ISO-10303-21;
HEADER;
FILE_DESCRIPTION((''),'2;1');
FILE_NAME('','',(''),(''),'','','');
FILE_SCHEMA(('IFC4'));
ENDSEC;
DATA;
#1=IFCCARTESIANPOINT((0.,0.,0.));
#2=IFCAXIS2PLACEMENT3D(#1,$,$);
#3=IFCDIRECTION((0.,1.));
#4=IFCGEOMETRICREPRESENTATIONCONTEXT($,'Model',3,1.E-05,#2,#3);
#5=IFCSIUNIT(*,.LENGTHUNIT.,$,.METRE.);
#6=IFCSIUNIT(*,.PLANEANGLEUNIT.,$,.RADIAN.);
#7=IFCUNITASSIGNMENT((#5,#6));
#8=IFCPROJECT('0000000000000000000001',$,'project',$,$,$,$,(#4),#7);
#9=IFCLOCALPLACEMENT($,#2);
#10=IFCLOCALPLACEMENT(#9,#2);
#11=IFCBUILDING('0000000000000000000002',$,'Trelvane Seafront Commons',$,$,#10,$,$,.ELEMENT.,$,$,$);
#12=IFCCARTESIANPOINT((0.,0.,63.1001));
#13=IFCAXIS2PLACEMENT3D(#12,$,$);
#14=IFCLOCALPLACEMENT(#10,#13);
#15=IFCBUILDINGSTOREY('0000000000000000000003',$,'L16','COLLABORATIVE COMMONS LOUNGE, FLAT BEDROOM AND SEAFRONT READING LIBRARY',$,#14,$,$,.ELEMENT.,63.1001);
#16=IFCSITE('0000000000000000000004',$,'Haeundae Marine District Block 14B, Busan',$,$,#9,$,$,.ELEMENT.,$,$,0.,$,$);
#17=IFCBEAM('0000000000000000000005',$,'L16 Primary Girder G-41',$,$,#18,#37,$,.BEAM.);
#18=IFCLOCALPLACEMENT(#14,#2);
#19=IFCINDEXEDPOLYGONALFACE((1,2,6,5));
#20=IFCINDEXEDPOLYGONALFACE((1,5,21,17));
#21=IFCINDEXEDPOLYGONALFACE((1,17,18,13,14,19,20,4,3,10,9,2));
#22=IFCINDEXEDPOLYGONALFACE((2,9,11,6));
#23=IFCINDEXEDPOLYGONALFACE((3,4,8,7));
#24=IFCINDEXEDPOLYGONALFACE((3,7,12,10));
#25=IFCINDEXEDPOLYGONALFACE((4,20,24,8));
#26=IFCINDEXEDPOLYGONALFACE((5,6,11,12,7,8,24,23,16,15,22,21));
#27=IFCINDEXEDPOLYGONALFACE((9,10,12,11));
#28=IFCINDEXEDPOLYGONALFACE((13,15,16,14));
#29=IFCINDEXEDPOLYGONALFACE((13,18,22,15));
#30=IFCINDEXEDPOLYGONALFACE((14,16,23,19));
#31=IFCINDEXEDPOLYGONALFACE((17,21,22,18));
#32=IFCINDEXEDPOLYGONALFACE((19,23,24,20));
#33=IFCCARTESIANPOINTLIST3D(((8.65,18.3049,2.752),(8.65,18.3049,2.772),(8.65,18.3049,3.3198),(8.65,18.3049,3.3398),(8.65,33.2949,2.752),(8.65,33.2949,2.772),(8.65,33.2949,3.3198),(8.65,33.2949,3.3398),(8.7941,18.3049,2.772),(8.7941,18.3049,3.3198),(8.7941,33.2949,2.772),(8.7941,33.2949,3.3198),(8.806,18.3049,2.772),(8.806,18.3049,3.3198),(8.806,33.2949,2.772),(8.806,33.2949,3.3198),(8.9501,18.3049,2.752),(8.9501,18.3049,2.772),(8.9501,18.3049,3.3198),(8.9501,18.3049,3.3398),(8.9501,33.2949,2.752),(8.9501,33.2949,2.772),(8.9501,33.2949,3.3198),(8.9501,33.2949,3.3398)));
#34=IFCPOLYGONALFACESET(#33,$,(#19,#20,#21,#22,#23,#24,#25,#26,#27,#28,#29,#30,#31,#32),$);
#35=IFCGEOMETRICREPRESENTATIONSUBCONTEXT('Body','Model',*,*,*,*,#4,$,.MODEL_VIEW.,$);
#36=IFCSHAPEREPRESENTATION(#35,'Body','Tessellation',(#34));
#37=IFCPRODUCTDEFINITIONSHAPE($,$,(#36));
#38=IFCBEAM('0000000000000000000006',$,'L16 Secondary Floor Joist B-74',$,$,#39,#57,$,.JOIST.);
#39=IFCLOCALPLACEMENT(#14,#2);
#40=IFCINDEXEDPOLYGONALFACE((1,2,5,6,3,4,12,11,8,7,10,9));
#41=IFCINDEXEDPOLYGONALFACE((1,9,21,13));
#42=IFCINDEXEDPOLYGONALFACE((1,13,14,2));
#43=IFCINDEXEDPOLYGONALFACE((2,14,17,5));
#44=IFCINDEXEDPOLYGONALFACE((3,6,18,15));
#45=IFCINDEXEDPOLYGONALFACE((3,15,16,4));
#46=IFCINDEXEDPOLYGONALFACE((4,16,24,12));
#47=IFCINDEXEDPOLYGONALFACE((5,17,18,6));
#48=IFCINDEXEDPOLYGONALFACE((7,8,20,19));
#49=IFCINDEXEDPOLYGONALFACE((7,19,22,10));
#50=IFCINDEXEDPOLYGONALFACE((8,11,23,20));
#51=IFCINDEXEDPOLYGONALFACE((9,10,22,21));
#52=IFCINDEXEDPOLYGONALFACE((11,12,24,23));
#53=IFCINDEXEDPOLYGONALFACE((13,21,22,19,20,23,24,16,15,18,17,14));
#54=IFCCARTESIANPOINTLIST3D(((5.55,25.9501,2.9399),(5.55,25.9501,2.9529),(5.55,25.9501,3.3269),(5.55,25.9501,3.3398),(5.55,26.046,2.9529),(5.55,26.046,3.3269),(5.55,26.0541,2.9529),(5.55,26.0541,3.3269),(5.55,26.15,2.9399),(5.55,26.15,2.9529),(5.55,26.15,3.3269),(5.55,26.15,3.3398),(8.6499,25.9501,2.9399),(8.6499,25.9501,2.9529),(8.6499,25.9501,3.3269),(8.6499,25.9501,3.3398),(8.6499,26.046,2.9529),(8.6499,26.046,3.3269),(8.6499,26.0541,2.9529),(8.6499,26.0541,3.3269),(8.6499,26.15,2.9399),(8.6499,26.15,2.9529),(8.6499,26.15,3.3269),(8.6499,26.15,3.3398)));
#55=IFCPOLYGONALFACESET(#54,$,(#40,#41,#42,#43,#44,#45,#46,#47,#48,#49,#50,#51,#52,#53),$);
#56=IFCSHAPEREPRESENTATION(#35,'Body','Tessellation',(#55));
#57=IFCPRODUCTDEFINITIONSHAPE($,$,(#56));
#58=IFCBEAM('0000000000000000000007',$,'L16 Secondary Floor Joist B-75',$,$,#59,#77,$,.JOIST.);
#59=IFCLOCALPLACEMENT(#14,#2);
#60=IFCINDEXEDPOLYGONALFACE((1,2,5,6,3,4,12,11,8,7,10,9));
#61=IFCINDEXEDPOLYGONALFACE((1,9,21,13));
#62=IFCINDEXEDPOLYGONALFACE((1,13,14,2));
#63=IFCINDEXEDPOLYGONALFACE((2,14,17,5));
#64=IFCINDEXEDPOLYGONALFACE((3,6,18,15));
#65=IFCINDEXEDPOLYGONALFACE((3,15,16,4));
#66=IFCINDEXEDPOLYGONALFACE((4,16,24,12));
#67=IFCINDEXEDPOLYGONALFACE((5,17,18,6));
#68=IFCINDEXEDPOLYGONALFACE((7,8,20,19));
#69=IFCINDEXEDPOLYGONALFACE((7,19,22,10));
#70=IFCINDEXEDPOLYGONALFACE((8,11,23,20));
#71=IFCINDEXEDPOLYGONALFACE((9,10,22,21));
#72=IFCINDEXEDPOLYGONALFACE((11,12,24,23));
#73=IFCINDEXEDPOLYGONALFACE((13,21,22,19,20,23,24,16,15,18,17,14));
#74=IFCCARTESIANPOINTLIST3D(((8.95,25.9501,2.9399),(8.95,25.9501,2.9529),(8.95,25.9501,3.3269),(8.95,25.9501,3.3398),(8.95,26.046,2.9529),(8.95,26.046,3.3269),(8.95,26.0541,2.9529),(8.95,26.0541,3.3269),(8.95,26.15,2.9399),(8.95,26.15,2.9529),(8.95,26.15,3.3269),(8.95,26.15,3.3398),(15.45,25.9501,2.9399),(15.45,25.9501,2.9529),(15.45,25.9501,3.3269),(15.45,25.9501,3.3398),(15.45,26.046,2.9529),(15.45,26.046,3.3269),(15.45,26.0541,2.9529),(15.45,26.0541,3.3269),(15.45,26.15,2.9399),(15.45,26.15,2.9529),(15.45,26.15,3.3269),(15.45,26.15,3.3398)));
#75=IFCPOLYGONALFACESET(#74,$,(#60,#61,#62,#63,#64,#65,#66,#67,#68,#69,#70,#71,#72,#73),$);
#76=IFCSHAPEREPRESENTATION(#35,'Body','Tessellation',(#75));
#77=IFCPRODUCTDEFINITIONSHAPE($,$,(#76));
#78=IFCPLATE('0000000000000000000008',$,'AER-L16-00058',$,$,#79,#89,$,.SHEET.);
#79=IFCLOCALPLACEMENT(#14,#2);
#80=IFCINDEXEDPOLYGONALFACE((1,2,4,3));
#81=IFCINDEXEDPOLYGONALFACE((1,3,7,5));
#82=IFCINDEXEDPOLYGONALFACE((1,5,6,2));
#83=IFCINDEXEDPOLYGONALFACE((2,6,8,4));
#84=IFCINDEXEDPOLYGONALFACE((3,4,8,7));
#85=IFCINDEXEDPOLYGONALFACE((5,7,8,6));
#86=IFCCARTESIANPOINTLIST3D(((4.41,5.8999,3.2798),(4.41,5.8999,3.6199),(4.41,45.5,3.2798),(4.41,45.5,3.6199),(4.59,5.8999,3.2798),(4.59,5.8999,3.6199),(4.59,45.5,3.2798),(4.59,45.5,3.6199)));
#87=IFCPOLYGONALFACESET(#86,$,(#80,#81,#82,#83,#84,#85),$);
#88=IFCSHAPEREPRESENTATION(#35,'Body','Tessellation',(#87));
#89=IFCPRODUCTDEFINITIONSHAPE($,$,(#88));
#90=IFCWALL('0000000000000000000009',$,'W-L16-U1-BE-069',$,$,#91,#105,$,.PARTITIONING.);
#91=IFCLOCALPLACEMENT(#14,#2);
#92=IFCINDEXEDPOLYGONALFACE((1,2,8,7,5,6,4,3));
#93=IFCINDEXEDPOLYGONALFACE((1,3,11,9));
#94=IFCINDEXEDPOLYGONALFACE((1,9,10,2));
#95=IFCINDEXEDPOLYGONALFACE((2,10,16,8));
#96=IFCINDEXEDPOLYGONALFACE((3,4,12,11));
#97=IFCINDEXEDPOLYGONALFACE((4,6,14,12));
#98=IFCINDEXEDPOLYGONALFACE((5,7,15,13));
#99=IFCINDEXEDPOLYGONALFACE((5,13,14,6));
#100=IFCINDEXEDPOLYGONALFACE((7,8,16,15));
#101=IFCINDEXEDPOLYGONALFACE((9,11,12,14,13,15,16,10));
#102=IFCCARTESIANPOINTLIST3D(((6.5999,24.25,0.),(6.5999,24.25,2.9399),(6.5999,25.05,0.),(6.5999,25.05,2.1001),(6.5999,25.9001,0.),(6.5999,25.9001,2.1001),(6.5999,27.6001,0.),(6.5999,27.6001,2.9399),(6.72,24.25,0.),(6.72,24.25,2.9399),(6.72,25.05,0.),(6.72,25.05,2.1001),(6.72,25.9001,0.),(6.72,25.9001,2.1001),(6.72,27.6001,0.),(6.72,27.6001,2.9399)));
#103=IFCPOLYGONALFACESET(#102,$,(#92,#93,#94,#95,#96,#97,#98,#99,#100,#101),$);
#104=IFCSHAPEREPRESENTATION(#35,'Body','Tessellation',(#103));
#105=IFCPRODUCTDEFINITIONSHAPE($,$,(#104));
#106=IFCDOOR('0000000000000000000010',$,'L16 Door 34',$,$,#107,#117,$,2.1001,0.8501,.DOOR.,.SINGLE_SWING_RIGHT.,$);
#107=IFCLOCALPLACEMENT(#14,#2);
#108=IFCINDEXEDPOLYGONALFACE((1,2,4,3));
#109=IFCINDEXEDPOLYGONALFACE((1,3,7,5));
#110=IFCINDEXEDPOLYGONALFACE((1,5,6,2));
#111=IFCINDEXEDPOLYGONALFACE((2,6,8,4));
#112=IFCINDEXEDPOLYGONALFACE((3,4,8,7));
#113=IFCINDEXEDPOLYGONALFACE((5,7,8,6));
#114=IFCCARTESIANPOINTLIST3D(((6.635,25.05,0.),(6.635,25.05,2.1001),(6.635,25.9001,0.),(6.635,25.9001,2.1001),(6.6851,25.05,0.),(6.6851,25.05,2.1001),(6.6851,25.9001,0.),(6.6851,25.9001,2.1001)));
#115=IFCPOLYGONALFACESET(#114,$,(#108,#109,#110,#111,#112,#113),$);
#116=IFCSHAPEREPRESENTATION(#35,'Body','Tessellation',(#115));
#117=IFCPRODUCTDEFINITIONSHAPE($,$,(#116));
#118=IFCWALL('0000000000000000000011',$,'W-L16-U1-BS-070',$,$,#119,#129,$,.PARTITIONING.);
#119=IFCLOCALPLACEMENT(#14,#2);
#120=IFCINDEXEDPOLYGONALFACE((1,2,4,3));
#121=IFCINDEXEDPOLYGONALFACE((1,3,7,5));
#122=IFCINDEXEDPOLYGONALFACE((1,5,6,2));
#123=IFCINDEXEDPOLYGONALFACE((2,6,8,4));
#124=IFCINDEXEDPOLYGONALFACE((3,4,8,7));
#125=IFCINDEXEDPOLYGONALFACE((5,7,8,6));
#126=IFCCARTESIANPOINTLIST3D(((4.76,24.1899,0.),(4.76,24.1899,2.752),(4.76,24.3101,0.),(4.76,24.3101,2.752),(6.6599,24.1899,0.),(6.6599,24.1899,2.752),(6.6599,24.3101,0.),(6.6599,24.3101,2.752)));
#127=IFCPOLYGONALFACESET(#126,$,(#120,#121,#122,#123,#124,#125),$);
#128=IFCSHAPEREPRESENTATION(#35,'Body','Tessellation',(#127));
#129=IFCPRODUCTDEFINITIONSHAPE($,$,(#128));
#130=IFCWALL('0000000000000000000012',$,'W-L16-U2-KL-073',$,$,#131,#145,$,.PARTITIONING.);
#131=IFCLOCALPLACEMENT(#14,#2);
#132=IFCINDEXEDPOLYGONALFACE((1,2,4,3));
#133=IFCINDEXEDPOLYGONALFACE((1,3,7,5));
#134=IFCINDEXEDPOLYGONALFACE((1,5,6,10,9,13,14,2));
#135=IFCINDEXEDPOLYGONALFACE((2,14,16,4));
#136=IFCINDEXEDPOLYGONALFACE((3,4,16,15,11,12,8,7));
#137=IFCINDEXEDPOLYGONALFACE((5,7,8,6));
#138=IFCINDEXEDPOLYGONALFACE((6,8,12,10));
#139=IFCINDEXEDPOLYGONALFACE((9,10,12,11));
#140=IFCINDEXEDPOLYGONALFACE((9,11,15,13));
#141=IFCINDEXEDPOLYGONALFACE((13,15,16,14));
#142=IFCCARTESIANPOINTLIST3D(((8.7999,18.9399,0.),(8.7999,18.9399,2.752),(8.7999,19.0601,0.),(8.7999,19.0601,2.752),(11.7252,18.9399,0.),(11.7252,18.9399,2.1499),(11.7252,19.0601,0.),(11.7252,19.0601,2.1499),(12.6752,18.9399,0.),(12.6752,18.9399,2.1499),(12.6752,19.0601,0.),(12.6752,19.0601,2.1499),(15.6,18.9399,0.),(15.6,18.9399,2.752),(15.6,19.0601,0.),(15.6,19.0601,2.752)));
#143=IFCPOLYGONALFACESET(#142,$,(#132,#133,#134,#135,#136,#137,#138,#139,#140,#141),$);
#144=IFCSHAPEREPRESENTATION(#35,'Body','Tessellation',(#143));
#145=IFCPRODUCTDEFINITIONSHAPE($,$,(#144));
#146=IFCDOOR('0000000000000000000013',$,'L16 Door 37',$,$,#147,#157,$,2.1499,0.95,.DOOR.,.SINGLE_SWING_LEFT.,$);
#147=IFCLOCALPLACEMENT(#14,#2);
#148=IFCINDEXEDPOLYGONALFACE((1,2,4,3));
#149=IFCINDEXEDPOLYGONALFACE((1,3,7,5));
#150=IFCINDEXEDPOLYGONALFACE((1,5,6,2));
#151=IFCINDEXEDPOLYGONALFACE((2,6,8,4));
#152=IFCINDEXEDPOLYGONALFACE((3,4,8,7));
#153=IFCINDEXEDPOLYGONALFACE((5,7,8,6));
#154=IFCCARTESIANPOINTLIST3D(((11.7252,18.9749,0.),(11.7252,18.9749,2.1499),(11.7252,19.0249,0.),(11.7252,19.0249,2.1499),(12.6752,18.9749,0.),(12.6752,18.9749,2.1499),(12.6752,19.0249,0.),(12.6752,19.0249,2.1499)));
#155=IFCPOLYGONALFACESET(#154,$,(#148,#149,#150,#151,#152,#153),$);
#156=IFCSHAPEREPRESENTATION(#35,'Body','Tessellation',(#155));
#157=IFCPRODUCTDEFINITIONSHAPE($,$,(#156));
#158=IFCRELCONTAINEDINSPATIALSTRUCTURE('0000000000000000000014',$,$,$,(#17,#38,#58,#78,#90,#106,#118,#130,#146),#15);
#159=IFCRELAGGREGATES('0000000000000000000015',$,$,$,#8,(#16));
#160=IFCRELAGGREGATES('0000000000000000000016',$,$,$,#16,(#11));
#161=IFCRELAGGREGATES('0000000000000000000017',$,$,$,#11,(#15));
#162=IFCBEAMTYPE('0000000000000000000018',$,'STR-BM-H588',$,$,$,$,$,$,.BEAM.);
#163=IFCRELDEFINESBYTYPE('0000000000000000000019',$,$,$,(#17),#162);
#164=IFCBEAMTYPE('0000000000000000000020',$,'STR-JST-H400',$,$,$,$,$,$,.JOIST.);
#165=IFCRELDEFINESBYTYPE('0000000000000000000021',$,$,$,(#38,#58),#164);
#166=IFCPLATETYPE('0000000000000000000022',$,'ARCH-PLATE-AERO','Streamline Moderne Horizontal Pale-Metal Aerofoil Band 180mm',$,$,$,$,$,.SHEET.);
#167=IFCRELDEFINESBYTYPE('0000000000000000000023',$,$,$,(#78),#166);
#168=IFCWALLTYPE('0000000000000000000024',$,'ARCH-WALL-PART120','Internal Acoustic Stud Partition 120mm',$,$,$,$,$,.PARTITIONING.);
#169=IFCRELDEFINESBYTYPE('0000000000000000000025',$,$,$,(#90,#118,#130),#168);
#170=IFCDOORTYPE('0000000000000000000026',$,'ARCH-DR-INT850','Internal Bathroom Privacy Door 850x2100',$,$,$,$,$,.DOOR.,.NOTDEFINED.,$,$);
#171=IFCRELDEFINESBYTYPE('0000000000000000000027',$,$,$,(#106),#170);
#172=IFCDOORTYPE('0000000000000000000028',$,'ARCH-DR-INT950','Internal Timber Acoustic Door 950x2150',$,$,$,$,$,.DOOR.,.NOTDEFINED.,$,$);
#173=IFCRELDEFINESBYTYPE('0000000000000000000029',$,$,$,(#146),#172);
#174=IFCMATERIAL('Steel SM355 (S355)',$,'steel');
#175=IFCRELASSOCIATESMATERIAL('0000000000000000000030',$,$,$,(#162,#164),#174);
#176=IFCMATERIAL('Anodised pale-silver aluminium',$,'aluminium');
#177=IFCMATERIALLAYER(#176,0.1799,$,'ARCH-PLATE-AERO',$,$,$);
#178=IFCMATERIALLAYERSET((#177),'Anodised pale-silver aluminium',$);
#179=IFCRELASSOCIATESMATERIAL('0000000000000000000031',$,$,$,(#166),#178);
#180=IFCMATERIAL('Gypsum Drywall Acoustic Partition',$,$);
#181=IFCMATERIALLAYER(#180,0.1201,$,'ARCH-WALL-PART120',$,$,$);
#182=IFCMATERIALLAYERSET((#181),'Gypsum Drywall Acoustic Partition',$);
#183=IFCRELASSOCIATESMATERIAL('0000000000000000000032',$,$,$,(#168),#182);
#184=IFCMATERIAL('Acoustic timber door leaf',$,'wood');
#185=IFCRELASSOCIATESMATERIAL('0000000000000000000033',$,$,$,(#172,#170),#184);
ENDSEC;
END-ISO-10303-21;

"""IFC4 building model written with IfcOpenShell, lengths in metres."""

from ifc_helpers import new_model, si_unit, direction, frame, frame_2d, origin, origin_2d, place, context, subcontext, project, spatial, rectangle, i_section, extrude, source, transform, mapped, material, layer, layer_set, material_profile, profile_set, type_object, element, fill, save


model = new_model("IFC4")

# Units and contexts
model_context = context("Model", 3, precision=1e-05, world=origin(), true_north=direction((0.0, 1.0)))
body_context = subcontext(model_context, "Body", "Model", "MODEL_VIEW")
ifc_project = project(units=[si_unit("LENGTHUNIT", "METRE"), si_unit("PLANEANGLEUNIT", "RADIAN")], contexts=[model_context])

# Site, building, storey
site_placement = place(None, origin())
site = spatial("IfcSite", under=ifc_project, at=site_placement, Name="Haeundae Marine District Block 14B, Busan", CompositionType="ELEMENT", RefElevation=0.0)
building_placement = place(site_placement, origin())
building = spatial("IfcBuilding", under=site, at=building_placement, Name="Trelvane Seafront Commons", CompositionType="ELEMENT")
storey_placement = place(building_placement, frame((0.0, 0.0, 63.1001)))
storey = spatial("IfcBuildingStorey", under=building, at=storey_placement, Name="L16", Description="COLLABORATIVE COMMONS LOUNGE, FLAT BEDROOM AND SEAFRONT READING LIBRARY", CompositionType="ELEMENT", Elevation=63.1001)

# Beams
ifc_material_1 = material(Name="Steel SM355 (S355)", Category="steel")
ifc_material_profile_1 = material_profile(ifc_material_1, i_section(OverallWidth=0.3, OverallDepth=0.5879, WebThickness=0.012, FlangeThickness=0.02, at=origin_2d()), Name="H-588x300x12x20")
ifc_profile_set_1 = profile_set([ifc_material_profile_1], Name="Steel SM355 (S355)")
beam_type_1 = type_object("IfcBeamType", Name="STR-BM-H588", PredefinedType="BEAM", material=ifc_profile_set_1)
shared_shape_1 = source(origin(), body_context, "Body", "SweptSolid", [
    extrude(i_section(OverallWidth=0.3, OverallDepth=0.5879, WebThickness=0.012, FlangeThickness=0.02, at=origin_2d()), origin(), (0.0, 0.0, 1.0), 14.99),
])
beam_1_placement = place(storey_placement, frame((8.8, 18.3049, 3.0459), z_axis=(0.0, 1.0, 0.0), x_axis=(-1.0, 0.0, 0.0)))
element("IfcBeam", 1, at=beam_1_placement, inside=storey, type_object=beam_type_1, Name="L16 Primary Girder G-41", PredefinedType="BEAM", context=body_context, shape_type="MappedRepresentation", body=[
    mapped(shared_shape_1, transform((0.0, 0.0, 0.0), x_axis=(1.0, 0.0, 0.0), y_axis=(0.0, 1.0, 0.0), z_axis=(0.0, 0.0, 1.0), scale=1.0)),
])
ifc_material_profile_2 = material_profile(ifc_material_1, i_section(OverallWidth=0.2, OverallDepth=0.3999, WebThickness=0.0081, FlangeThickness=0.0129, at=origin_2d()), Name="H-400x200x8x13")
ifc_profile_set_2 = profile_set([ifc_material_profile_2], Name="Steel SM355 (S355)")
beam_type_2 = type_object("IfcBeamType", Name="STR-JST-H400", PredefinedType="JOIST", material=ifc_profile_set_2)
shared_shape_2 = source(origin(), body_context, "Body", "SweptSolid", [
    extrude(i_section(OverallWidth=0.2, OverallDepth=0.3999, WebThickness=0.0081, FlangeThickness=0.0129, at=origin_2d()), origin(), (0.0, 0.0, 1.0), 3.0999),
])
beam_2_placement = place(storey_placement, frame((5.55, 26.05, 3.1399), z_axis=(1.0, 0.0, 0.0), x_axis=(0.0, 1.0, 0.0)))
element("IfcBeam", 2, at=beam_2_placement, inside=storey, type_object=beam_type_2, Name="L16 Secondary Floor Joist B-74", PredefinedType="JOIST", context=body_context, shape_type="MappedRepresentation", body=[
    mapped(shared_shape_2, transform((0.0, 0.0, 0.0), x_axis=(1.0, 0.0, 0.0), y_axis=(0.0, 1.0, 0.0), z_axis=(0.0, 0.0, 1.0), scale=1.0)),
])
shared_shape_3 = source(origin(), body_context, "Body", "SweptSolid", [
    extrude(i_section(OverallWidth=0.2, OverallDepth=0.3999, WebThickness=0.0081, FlangeThickness=0.0129, at=origin_2d()), origin(), (0.0, 0.0, 1.0), 6.5),
])
beam_3_placement = place(storey_placement, frame((8.95, 26.05, 3.1399), z_axis=(1.0, 0.0, 0.0), x_axis=(0.0, 1.0, 0.0)))
element("IfcBeam", 3, at=beam_3_placement, inside=storey, type_object=beam_type_2, Name="L16 Secondary Floor Joist B-75", PredefinedType="JOIST", context=body_context, shape_type="MappedRepresentation", body=[
    mapped(shared_shape_3, transform((0.0, 0.0, 0.0), x_axis=(1.0, 0.0, 0.0), y_axis=(0.0, 1.0, 0.0), z_axis=(0.0, 0.0, 1.0), scale=1.0)),
])

# Plate
ifc_material_2 = material(Name="Anodised pale-silver aluminium", Category="aluminium")
ifc_layer_1 = layer(ifc_material_2, 0.1799, Name="ARCH-PLATE-AERO")
ifc_layer_set_1 = layer_set([ifc_layer_1], Name="Anodised pale-silver aluminium")
plate_type = type_object("IfcPlateType", Name="ARCH-PLATE-AERO", Description="Streamline Moderne Horizontal Pale-Metal Aerofoil Band 180mm", PredefinedType="SHEET", material=ifc_layer_set_1)
shared_shape_4 = source(origin(), body_context, "Body", "SweptSolid", [
    extrude(rectangle(XDim=39.6001, YDim=0.1799, at=origin_2d()), origin(), (0.0, 0.0, 1.0), 0.3401),
])
plate_placement = place(storey_placement, frame((4.5, 25.7, 3.2798), z_axis=(0.0, 0.0, 1.0), x_axis=(0.0, 1.0, 0.0)))
element("IfcPlate", 4, at=plate_placement, inside=storey, type_object=plate_type, Name="AER-L16-00058", PredefinedType="SHEET", context=body_context, shape_type="MappedRepresentation", body=[
    mapped(shared_shape_4, transform((0.0, 0.0, 0.0), x_axis=(1.0, 0.0, 0.0), y_axis=(0.0, 1.0, 0.0), z_axis=(0.0, 0.0, 1.0), scale=1.0)),
])

# Wall, opening, door
ifc_material_3 = material(Name="Gypsum Drywall Acoustic Partition")
ifc_layer_2 = layer(ifc_material_3, 0.1201, Name="ARCH-WALL-PART120")
ifc_layer_set_2 = layer_set([ifc_layer_2], Name="Gypsum Drywall Acoustic Partition")
wall_type_1 = type_object("IfcWallType", Name="ARCH-WALL-PART120", Description="Internal Acoustic Stud Partition 120mm", PredefinedType="PARTITIONING", material=ifc_layer_set_2)
ifc_material_4 = material(Name="Acoustic timber door leaf", Category="wood")
door_type_1 = type_object("IfcDoorType", Name="ARCH-DR-INT950", Description="Internal Timber Acoustic Door 950x2150", OperationType="NOTDEFINED", PredefinedType="DOOR", material=ifc_material_4)
shared_shape_5 = source(origin(), body_context, "Body", "SweptSolid", [
    extrude(rectangle(XDim=0.95, YDim=2.1499, at=frame_2d((0.4751, 1.075))), frame((0.0, 0.0249, 0.0), z_axis=(0.0, -1.0, 0.0), x_axis=(1.0, 0.0, 0.0)), (0.0, 0.0, 1.0), 0.05),
])
wall_1_placement = place(storey_placement, frame((6.6599, 24.25, 0.0), z_axis=(0.0, 0.0, 1.0), x_axis=(0.0, 1.0, 0.0)))
wall_1 = element("IfcWall", 5, at=wall_1_placement, inside=storey, type_object=wall_type_1, Name="W-L16-U1-BE-069", PredefinedType="PARTITIONING", context=body_context, shape_type="SweptSolid", body=[
    extrude(rectangle(XDim=3.3501, YDim=0.1201, at=frame_2d((1.675, 0.0))), origin(), (0.0, 0.0, 1.0), 2.9399),
])
opening_1_placement = place(wall_1_placement, frame((0.8, 0.0, 0.0)))
opening_1 = element("IfcOpeningElement", 6, at=opening_1_placement, cuts=wall_1, PredefinedType="OPENING", context=body_context, shape_type="SweptSolid", body=[
    extrude(rectangle(XDim=0.8501, YDim=2.1001, at=frame_2d((0.425, 1.05))), frame((0.0, 0.0701, 0.0), z_axis=(0.0, -1.0, 0.0), x_axis=(1.0, 0.0, 0.0)), (0.0, 0.0, 1.0), 0.1401),
])
door_type_2 = type_object("IfcDoorType", Name="ARCH-DR-INT850", Description="Internal Bathroom Privacy Door 850x2100", OperationType="NOTDEFINED", PredefinedType="DOOR", material=ifc_material_4)
shared_shape_6 = source(origin(), body_context, "Body", "SweptSolid", [
    extrude(rectangle(XDim=0.8501, YDim=2.1001, at=frame_2d((0.425, 1.05))), frame((0.0, 0.0249, 0.0), z_axis=(0.0, -1.0, 0.0), x_axis=(1.0, 0.0, 0.0)), (0.0, 0.0, 1.0), 0.05),
])
door_1_placement = place(opening_1_placement, origin())
door_1 = element("IfcDoor", 7, at=door_1_placement, inside=storey, type_object=door_type_2, Name="L16 Door 34", OperationType="SINGLE_SWING_RIGHT", OverallHeight=2.1001, OverallWidth=0.8501, PredefinedType="DOOR", context=body_context, shape_type="MappedRepresentation", body=[
    mapped(shared_shape_6, transform((0.0, 0.0, 0.0), x_axis=(1.0, 0.0, 0.0), y_axis=(0.0, 1.0, 0.0), z_axis=(0.0, 0.0, 1.0), scale=1.0)),
])
fill(opening_1, door_1)

# Wall
wall_2_placement = place(storey_placement, frame((4.76, 24.25, 0.0), z_axis=(0.0, 0.0, 1.0), x_axis=(1.0, 0.0, 0.0)))
element("IfcWall", 8, at=wall_2_placement, inside=storey, type_object=wall_type_1, Name="W-L16-U1-BS-070", PredefinedType="PARTITIONING", context=body_context, shape_type="SweptSolid", body=[
    extrude(rectangle(XDim=1.8999, YDim=0.1201, at=frame_2d((0.95, 0.0))), origin(), (0.0, 0.0, 1.0), 2.752),
])

# Wall, opening, door
wall_3_placement = place(storey_placement, frame((8.8, 19.0, 0.0), z_axis=(0.0, 0.0, 1.0), x_axis=(1.0, 0.0, 0.0)))
wall_3 = element("IfcWall", 9, at=wall_3_placement, inside=storey, type_object=wall_type_1, Name="W-L16-U2-KL-073", PredefinedType="PARTITIONING", context=body_context, shape_type="SweptSolid", body=[
    extrude(rectangle(XDim=6.8, YDim=0.1201, at=frame_2d((3.3999, 0.0))), origin(), (0.0, 0.0, 1.0), 2.752),
])
opening_2_placement = place(wall_3_placement, frame((2.925, 0.0, 0.0)))
opening_2 = element("IfcOpeningElement", 10, at=opening_2_placement, cuts=wall_3, PredefinedType="OPENING", context=body_context, shape_type="SweptSolid", body=[
    extrude(rectangle(XDim=0.95, YDim=2.1499, at=frame_2d((0.4751, 1.075))), frame((0.0, 0.0701, 0.0), z_axis=(0.0, -1.0, 0.0), x_axis=(1.0, 0.0, 0.0)), (0.0, 0.0, 1.0), 0.1401),
])
door_2_placement = place(opening_2_placement, origin())
door_2 = element("IfcDoor", 11, at=door_2_placement, inside=storey, type_object=door_type_1, Name="L16 Door 37", OperationType="SINGLE_SWING_LEFT", OverallHeight=2.1499, OverallWidth=0.95, PredefinedType="DOOR", context=body_context, shape_type="MappedRepresentation", body=[
    mapped(shared_shape_5, transform((0.0, 0.0, 0.0), x_axis=(1.0, 0.0, 0.0), y_axis=(0.0, 1.0, 0.0), z_axis=(0.0, 0.0, 1.0), scale=1.0)),
])
fill(opening_2, door_2)

save(model, "model.ifc")
